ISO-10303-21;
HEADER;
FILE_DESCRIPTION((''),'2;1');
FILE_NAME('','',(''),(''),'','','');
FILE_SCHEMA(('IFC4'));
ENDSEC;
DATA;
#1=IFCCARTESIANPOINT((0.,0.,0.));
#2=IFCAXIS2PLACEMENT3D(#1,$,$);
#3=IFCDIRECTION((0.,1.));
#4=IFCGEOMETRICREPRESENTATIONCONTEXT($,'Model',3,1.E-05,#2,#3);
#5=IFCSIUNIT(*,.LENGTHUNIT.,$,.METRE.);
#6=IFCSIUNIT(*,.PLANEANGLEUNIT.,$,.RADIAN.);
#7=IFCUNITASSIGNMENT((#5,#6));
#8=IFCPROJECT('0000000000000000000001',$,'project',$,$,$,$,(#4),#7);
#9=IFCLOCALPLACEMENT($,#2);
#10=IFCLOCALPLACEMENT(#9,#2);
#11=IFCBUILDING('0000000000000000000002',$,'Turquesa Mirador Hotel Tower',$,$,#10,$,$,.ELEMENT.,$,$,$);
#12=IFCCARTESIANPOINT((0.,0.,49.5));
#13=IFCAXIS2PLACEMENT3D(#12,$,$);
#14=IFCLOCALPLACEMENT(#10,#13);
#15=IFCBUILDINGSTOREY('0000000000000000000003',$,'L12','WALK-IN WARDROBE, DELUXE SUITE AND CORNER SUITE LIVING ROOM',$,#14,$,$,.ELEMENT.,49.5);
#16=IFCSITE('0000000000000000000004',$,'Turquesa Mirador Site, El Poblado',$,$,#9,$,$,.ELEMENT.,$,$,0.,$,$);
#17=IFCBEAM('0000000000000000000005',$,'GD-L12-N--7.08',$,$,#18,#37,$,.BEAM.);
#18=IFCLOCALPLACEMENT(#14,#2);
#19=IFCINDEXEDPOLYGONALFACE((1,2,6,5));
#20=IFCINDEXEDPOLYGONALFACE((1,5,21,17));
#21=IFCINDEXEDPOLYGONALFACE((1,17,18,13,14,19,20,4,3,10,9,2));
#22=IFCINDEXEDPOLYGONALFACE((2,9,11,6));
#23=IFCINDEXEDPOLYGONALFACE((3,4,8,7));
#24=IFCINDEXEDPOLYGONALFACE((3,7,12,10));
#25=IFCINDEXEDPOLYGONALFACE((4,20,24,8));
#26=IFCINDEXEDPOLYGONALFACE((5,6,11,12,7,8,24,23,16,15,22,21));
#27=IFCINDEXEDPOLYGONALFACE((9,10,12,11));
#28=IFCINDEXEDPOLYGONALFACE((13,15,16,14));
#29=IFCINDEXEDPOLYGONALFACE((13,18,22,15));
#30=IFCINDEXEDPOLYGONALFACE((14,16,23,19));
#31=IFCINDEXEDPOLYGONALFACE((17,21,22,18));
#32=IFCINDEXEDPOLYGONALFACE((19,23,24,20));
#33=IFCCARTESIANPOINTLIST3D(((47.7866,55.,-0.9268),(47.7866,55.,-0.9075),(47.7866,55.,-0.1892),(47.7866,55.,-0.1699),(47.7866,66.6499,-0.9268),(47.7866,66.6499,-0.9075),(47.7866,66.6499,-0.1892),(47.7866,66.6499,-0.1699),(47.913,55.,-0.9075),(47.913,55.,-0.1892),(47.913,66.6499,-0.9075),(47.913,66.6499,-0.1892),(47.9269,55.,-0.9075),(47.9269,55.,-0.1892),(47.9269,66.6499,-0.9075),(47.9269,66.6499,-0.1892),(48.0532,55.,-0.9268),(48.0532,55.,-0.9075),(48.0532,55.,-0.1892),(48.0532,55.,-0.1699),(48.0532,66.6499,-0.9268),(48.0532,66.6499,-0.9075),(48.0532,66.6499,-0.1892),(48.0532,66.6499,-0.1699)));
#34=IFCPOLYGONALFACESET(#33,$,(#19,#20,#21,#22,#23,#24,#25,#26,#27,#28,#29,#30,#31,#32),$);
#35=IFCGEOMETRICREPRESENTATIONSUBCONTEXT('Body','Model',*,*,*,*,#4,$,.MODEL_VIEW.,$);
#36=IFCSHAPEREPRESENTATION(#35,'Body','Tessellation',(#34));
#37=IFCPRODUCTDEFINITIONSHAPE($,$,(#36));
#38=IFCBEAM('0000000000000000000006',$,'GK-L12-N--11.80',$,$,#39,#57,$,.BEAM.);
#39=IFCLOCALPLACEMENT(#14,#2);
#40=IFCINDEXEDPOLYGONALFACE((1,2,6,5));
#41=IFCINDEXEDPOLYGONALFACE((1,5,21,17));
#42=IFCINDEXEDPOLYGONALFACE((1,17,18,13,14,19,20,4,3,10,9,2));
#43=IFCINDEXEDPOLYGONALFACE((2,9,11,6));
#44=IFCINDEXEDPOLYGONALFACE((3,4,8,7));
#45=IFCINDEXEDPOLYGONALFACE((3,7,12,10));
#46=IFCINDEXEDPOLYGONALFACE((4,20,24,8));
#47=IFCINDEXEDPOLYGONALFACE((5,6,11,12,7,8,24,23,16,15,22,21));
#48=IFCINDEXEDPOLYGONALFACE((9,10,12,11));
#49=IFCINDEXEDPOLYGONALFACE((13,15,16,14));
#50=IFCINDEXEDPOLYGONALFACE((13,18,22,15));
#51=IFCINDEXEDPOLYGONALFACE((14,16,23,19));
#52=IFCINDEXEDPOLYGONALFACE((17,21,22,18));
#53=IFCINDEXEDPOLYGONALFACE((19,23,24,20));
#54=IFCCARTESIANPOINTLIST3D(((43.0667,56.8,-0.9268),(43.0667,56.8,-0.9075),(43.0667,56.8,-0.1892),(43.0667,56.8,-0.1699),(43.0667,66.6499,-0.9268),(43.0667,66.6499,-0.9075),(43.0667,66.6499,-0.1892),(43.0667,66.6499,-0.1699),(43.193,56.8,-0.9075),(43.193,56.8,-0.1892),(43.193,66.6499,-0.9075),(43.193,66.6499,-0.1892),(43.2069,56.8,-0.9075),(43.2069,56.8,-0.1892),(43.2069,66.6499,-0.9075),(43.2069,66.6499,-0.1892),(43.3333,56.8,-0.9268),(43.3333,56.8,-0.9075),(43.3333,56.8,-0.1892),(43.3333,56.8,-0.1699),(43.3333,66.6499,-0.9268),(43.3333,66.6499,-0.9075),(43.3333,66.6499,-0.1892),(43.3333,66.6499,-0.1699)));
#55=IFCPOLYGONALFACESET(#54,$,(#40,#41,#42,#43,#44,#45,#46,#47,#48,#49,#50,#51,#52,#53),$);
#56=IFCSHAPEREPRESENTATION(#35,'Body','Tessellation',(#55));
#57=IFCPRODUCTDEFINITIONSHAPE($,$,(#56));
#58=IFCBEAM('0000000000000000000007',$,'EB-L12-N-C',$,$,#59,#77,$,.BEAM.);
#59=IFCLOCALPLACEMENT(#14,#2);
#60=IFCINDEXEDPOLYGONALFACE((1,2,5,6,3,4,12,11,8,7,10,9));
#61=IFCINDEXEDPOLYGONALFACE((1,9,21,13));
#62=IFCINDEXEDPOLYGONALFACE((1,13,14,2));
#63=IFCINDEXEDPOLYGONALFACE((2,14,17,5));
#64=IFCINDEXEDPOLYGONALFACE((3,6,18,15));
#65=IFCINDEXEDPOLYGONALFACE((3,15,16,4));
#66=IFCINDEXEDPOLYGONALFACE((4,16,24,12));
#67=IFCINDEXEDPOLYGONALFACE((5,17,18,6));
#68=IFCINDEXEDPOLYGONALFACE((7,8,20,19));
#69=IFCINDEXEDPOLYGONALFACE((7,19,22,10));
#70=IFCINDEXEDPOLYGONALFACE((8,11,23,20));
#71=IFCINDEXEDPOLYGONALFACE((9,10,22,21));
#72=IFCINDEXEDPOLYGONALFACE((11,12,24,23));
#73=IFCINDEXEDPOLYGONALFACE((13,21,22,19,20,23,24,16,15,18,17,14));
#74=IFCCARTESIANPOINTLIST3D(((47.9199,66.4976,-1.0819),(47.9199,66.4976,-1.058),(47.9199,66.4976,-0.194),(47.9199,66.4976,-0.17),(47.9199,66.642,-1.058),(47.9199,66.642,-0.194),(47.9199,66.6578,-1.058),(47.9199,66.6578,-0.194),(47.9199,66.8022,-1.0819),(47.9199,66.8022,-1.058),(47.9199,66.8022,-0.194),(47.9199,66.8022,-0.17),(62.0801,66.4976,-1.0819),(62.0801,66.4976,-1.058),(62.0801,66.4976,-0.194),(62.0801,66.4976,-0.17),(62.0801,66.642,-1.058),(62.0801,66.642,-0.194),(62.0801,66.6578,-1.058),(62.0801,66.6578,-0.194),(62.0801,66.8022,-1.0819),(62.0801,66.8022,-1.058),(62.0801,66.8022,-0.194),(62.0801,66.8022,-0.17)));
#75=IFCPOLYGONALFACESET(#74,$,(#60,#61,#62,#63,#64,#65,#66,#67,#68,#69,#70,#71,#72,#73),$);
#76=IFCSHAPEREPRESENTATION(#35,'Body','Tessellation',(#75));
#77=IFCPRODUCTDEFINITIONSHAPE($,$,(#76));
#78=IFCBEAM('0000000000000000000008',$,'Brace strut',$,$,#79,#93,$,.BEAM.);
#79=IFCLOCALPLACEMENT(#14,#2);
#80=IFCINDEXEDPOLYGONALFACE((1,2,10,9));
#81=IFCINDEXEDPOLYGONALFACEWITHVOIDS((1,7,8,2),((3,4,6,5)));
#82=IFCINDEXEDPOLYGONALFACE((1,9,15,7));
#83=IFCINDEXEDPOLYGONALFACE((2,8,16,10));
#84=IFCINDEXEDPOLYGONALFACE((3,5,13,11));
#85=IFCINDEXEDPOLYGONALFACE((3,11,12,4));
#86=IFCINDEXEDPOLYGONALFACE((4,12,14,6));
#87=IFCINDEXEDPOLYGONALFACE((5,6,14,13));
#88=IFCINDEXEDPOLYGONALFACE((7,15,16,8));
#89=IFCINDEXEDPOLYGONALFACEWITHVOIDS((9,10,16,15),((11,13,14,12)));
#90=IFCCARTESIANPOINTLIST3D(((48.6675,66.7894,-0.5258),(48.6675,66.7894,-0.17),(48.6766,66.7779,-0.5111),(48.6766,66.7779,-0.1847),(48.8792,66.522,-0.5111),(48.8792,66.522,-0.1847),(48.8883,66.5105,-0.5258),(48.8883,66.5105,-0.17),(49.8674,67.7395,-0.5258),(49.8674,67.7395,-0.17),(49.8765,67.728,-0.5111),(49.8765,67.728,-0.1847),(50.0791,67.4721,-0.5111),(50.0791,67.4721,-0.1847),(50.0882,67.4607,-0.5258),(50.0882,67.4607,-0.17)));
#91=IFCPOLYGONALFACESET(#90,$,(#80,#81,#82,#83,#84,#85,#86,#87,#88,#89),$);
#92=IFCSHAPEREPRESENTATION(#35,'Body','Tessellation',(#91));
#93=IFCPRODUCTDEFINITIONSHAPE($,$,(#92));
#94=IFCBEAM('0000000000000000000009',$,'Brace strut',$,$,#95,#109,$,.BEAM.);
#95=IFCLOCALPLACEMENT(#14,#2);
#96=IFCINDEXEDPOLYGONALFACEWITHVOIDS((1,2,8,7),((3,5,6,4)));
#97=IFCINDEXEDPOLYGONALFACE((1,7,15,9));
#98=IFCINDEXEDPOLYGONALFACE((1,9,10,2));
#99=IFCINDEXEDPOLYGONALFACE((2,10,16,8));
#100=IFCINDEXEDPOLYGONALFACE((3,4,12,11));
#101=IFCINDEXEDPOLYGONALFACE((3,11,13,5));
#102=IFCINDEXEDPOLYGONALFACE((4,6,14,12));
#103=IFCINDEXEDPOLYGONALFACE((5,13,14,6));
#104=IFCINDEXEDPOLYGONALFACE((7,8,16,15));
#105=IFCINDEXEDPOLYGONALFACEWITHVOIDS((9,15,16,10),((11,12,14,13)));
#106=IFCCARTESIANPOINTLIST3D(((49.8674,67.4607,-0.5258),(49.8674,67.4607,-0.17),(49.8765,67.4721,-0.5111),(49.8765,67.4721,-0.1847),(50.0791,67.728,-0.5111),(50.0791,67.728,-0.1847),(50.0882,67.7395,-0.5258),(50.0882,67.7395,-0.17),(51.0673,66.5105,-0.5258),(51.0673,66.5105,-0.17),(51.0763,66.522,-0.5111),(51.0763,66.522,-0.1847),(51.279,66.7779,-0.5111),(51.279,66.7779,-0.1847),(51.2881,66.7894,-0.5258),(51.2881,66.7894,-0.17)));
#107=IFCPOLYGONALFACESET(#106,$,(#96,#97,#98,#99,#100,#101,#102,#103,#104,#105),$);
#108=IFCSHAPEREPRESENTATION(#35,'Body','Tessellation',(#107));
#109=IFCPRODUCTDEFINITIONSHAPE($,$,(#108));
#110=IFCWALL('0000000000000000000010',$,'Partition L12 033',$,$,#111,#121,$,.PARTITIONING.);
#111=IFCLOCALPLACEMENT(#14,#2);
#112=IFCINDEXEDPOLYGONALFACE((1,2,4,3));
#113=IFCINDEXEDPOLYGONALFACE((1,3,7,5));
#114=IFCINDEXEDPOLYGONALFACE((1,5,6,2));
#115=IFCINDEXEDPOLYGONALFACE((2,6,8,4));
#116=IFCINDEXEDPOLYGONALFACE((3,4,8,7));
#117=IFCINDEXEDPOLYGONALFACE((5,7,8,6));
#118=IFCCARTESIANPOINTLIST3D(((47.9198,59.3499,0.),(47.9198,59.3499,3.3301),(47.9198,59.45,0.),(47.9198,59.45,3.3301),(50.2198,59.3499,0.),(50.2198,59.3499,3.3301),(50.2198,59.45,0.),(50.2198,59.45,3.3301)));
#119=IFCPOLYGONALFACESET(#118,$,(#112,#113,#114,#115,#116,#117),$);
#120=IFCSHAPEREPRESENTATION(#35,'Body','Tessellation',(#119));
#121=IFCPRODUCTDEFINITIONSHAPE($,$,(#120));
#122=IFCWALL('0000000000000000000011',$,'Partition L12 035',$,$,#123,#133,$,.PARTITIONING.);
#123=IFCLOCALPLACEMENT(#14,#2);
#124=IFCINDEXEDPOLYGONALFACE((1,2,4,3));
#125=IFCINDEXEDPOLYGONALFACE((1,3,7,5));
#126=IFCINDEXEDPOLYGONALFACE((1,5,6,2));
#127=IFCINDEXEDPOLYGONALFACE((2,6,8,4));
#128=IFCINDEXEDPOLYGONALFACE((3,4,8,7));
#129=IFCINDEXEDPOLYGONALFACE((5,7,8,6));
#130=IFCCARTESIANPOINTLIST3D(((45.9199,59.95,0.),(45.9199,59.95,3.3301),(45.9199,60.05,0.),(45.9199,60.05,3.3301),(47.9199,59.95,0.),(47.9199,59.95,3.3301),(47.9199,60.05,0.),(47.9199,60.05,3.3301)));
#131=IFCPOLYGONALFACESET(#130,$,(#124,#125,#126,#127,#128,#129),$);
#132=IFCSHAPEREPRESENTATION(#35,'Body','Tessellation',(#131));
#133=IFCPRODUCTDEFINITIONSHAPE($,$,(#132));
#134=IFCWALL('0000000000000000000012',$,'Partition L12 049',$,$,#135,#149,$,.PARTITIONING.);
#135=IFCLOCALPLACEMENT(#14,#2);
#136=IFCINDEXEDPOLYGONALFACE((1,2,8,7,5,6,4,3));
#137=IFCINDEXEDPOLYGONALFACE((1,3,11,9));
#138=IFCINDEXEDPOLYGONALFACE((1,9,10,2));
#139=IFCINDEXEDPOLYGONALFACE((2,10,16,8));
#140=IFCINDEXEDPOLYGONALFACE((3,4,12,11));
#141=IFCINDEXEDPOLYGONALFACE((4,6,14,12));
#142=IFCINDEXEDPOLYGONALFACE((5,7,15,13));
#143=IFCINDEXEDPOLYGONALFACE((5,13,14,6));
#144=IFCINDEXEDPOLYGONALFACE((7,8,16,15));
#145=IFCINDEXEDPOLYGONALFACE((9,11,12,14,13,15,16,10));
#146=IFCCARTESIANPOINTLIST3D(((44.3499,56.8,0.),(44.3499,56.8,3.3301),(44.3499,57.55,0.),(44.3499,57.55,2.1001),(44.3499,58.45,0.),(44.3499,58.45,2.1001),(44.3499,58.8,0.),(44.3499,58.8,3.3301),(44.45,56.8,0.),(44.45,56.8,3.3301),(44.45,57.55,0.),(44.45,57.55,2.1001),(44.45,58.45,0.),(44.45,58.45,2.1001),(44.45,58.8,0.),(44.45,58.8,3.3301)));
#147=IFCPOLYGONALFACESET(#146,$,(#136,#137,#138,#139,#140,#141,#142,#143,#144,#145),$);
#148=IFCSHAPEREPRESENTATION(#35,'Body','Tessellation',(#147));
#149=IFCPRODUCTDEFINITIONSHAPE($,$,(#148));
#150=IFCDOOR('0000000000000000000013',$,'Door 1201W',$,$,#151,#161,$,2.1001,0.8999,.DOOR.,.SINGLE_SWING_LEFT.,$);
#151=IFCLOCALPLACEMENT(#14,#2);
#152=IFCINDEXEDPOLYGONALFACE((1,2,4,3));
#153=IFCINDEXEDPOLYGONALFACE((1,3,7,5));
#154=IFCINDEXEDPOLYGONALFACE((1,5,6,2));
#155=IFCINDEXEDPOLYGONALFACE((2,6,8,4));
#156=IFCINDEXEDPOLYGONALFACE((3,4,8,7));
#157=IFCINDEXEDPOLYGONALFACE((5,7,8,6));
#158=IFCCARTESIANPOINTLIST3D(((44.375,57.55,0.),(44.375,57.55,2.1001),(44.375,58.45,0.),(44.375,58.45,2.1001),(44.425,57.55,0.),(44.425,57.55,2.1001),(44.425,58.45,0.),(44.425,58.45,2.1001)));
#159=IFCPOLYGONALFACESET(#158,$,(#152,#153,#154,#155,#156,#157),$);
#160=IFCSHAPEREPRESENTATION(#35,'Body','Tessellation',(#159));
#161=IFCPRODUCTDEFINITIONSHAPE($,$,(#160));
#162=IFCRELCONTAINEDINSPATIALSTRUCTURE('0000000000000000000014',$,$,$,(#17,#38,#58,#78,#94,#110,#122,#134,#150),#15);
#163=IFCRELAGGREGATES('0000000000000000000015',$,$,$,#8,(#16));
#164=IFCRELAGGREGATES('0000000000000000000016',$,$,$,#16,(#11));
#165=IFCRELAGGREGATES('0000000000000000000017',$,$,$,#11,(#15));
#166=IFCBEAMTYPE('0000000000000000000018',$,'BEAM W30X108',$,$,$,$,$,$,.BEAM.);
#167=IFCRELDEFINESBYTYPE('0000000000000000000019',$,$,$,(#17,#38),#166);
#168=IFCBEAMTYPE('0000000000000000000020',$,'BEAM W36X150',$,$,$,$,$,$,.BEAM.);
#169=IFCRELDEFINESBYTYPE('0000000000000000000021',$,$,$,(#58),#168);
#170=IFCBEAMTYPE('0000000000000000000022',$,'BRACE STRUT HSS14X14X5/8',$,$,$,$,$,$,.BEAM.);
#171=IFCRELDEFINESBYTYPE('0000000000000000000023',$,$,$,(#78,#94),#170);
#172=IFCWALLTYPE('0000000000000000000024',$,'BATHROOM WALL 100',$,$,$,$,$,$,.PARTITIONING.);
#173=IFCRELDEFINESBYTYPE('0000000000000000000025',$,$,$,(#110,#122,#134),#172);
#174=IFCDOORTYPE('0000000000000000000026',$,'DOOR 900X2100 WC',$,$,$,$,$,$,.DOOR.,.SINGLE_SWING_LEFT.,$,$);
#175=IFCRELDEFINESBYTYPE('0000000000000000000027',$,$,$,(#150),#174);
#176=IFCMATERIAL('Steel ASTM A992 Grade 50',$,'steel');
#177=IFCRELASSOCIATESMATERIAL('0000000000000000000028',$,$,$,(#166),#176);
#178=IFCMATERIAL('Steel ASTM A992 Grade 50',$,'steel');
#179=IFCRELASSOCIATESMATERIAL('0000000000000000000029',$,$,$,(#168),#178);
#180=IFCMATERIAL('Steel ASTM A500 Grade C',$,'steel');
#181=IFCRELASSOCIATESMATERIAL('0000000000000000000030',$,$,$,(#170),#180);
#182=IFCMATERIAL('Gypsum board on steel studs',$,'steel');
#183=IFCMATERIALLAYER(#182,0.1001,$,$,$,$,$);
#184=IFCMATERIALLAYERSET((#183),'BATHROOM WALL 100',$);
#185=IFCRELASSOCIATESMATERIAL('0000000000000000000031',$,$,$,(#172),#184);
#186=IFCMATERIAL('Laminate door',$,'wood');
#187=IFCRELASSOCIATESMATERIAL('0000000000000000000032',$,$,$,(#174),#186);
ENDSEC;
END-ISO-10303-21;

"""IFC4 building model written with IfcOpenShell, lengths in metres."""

from ifc_helpers import new_model, si_unit, direction, frame, frame_2d, origin, origin_2d, place, context, subcontext, project, spatial, rectangle, hollow_rectangle, i_section, extrude, material, layer, layer_set, material_profile, profile_set, type_object, element, fill, save


model = new_model("IFC4")

# Units and contexts
model_context = context("Model", 3, precision=1e-05, world=origin(), true_north=direction((0.0, 1.0)))
body_context = subcontext(model_context, "Body", "Model", "MODEL_VIEW")
ifc_project = project(units=[si_unit("LENGTHUNIT", "METRE"), si_unit("PLANEANGLEUNIT", "RADIAN")], contexts=[model_context])

# Site, building, storey
site_placement = place(None, origin())
site = spatial("IfcSite", under=ifc_project, at=site_placement, Name="Turquesa Mirador Site, El Poblado", CompositionType="ELEMENT", RefElevation=0.0)
building_placement = place(site_placement, origin())
building = spatial("IfcBuilding", under=site, at=building_placement, Name="Turquesa Mirador Hotel Tower", CompositionType="ELEMENT")
storey_placement = place(building_placement, frame((0.0, 0.0, 49.5)))
storey = spatial("IfcBuildingStorey", under=building, at=storey_placement, Name="L12", Description="WALK-IN WARDROBE, DELUXE SUITE AND CORNER SUITE LIVING ROOM", CompositionType="ELEMENT", Elevation=49.5)

# Beams
ifc_material_1 = material(Name="Steel ASTM A992 Grade 50", Category="steel")
ifc_material_profile_1 = material_profile(ifc_material_1, i_section(OverallWidth=0.2666, OverallDepth=0.7568, WebThickness=0.0139, FlangeThickness=0.0193, at=origin_2d()), Name="W30X108")
ifc_profile_set_1 = profile_set([ifc_material_profile_1], Name="Steel ASTM A992 Grade 50")
beam_type_1 = type_object("IfcBeamType", Name="BEAM W30X108", PredefinedType="BEAM", material=ifc_profile_set_1)
beam_1_placement = place(storey_placement, frame((47.9199, 66.6499, -0.5483), z_axis=(0.0, -1.0, 0.0), x_axis=(1.0, 0.0, 0.0)))
element("IfcBeam", 1, at=beam_1_placement, inside=storey, type_object=beam_type_1, Name="GD-L12-N--7.08", PredefinedType="BEAM", context=body_context, shape_type="SweptSolid", body=[
    extrude(i_section(OverallWidth=0.2666, OverallDepth=0.7568, WebThickness=0.0139, FlangeThickness=0.0193, at=origin_2d()), origin(), (0.0, 0.0, 1.0), 11.6499),
])
beam_2_placement = place(storey_placement, frame((43.2, 66.6499, -0.5483), z_axis=(0.0, -1.0, 0.0), x_axis=(1.0, 0.0, 0.0)))
element("IfcBeam", 2, at=beam_2_placement, inside=storey, type_object=beam_type_1, Name="GK-L12-N--11.80", PredefinedType="BEAM", context=body_context, shape_type="SweptSolid", body=[
    extrude(i_section(OverallWidth=0.2666, OverallDepth=0.7568, WebThickness=0.0139, FlangeThickness=0.0193, at=origin_2d()), origin(), (0.0, 0.0, 1.0), 9.8499),
])
ifc_material_2 = material(Name="Steel ASTM A992 Grade 50", Category="steel")
ifc_material_profile_2 = material_profile(ifc_material_2, i_section(OverallWidth=0.3047, OverallDepth=0.9119, WebThickness=0.0159, FlangeThickness=0.0239, at=origin_2d()), Name="W36X150")
ifc_profile_set_2 = profile_set([ifc_material_profile_2], Name="Steel ASTM A992 Grade 50")
beam_type_2 = type_object("IfcBeamType", Name="BEAM W36X150", PredefinedType="BEAM", material=ifc_profile_set_2)
beam_3_placement = place(storey_placement, frame((47.9199, 66.6499, -0.626), z_axis=(1.0, 0.0, 0.0), x_axis=(0.0, 1.0, 0.0)))
element("IfcBeam", 3, at=beam_3_placement, inside=storey, type_object=beam_type_2, Name="EB-L12-N-C", PredefinedType="BEAM", context=body_context, shape_type="SweptSolid", body=[
    extrude(i_section(OverallWidth=0.3047, OverallDepth=0.9119, WebThickness=0.0159, FlangeThickness=0.0239, at=origin_2d()), origin(), (0.0, 0.0, 1.0), 14.1602),
])
ifc_material_3 = material(Name="Steel ASTM A500 Grade C", Category="steel")
ifc_material_profile_3 = material_profile(ifc_material_3, hollow_rectangle(XDim=0.3557, YDim=0.3557, WallThickness=0.0146, at=origin_2d()), Name="HSS14X14X5/8")
ifc_profile_set_3 = profile_set([ifc_material_profile_3], Name="Steel ASTM A500 Grade C")
beam_type_3 = type_object("IfcBeamType", Name="BRACE STRUT HSS14X14X5/8", PredefinedType="BEAM", material=ifc_profile_set_3)
for number, where, z_axis, x_axis, name in (
    (4, (49.9778, 67.6001, -0.3479), (-0.783971, -0.620797, 0.0), (0.620797, -0.783971, 0.0), "Brace strut"),
    (5, (49.9778, 67.6001, -0.3479), (0.783971, -0.620797, 0.0), (0.620797, 0.783971, 0.0), "Brace strut"),
):
    element("IfcBeam", number, at=place(storey_placement, frame(where, z_axis=z_axis, x_axis=x_axis)), inside=storey, type_object=beam_type_3, Name=name, PredefinedType="BEAM", context=body_context, shape_type="SweptSolid", body=[
        extrude(hollow_rectangle(XDim=0.3557, YDim=0.3557, WallThickness=0.0146, at=origin_2d()), origin(), (0.0, 0.0, 1.0), 1.5305),
    ])

# Walls
ifc_material_4 = material(Name="Gypsum board on steel studs", Category="steel")
ifc_layer_1 = layer(ifc_material_4, 0.1001)
ifc_layer_set_1 = layer_set([ifc_layer_1], Name="BATHROOM WALL 100")
wall_type_1 = type_object("IfcWallType", Name="BATHROOM WALL 100", PredefinedType="PARTITIONING", material=ifc_layer_set_1)
wall_1_placement = place(storey_placement, frame((47.9199, 59.3999, 0.0), z_axis=(0.0, 0.0, 1.0), x_axis=(1.0, 0.0, 0.0)))
element("IfcWall", 6, at=wall_1_placement, inside=storey, type_object=wall_type_1, Name="Partition L12 033", PredefinedType="PARTITIONING", context=body_context, shape_type="SweptSolid", body=[
    extrude(rectangle(XDim=2.3, YDim=0.1001, at=frame_2d((1.1499, 0.0))), origin(), (0.0, 0.0, 1.0), 3.3301),
])
wall_2_placement = place(storey_placement, frame((45.9199, 60.0, 0.0), z_axis=(0.0, 0.0, 1.0), x_axis=(1.0, 0.0, 0.0)))
element("IfcWall", 7, at=wall_2_placement, inside=storey, type_object=wall_type_1, Name="Partition L12 035", PredefinedType="PARTITIONING", context=body_context, shape_type="SweptSolid", body=[
    extrude(rectangle(XDim=2.0, YDim=0.1001, at=frame_2d((1.0, 0.0))), origin(), (0.0, 0.0, 1.0), 3.3301),
])

# Wall, opening, door
wall_3_placement = place(storey_placement, frame((44.3999, 56.8, 0.0), z_axis=(0.0, 0.0, 1.0), x_axis=(0.0, 1.0, 0.0)))
wall_3 = element("IfcWall", 8, at=wall_3_placement, inside=storey, type_object=wall_type_1, Name="Partition L12 049", PredefinedType="PARTITIONING", context=body_context, shape_type="SweptSolid", body=[
    extrude(rectangle(XDim=2.0, YDim=0.1001, at=frame_2d((1.0, 0.0))), origin(), (0.0, 0.0, 1.0), 3.3301),
])
opening_1_placement = place(wall_3_placement, frame((0.75, 0.0, 0.0)))
opening_1 = element("IfcOpeningElement", 9, at=opening_1_placement, cuts=wall_3, PredefinedType="OPENING", context=body_context, shape_type="SweptSolid", body=[
    extrude(rectangle(XDim=0.8999, YDim=2.1001, at=frame_2d((0.45, 1.05))), frame((0.0, 0.0601, 0.0), z_axis=(0.0, -1.0, 0.0), x_axis=(1.0, 0.0, 0.0)), (0.0, 0.0, 1.0), 0.1201),
])
ifc_material_5 = material(Name="Laminate door", Category="wood")
door_type_1 = type_object("IfcDoorType", Name="DOOR 900X2100 WC", OperationType="SINGLE_SWING_LEFT", PredefinedType="DOOR", material=ifc_material_5)
door_1_placement = place(opening_1_placement, origin())
door_1 = element("IfcDoor", 10, at=door_1_placement, inside=storey, type_object=door_type_1, Name="Door 1201W", OperationType="SINGLE_SWING_LEFT", OverallHeight=2.1001, OverallWidth=0.8999, PredefinedType="DOOR", context=body_context, shape_type="SweptSolid", body=[
    extrude(rectangle(XDim=0.8999, YDim=2.1001, at=frame_2d((0.45, 1.05))), frame((0.0, 0.0249, 0.0), z_axis=(0.0, -1.0, 0.0), x_axis=(1.0, 0.0, 0.0)), (0.0, 0.0, 1.0), 0.05),
])
fill(opening_1, door_1)

save(model, "model.ifc")
